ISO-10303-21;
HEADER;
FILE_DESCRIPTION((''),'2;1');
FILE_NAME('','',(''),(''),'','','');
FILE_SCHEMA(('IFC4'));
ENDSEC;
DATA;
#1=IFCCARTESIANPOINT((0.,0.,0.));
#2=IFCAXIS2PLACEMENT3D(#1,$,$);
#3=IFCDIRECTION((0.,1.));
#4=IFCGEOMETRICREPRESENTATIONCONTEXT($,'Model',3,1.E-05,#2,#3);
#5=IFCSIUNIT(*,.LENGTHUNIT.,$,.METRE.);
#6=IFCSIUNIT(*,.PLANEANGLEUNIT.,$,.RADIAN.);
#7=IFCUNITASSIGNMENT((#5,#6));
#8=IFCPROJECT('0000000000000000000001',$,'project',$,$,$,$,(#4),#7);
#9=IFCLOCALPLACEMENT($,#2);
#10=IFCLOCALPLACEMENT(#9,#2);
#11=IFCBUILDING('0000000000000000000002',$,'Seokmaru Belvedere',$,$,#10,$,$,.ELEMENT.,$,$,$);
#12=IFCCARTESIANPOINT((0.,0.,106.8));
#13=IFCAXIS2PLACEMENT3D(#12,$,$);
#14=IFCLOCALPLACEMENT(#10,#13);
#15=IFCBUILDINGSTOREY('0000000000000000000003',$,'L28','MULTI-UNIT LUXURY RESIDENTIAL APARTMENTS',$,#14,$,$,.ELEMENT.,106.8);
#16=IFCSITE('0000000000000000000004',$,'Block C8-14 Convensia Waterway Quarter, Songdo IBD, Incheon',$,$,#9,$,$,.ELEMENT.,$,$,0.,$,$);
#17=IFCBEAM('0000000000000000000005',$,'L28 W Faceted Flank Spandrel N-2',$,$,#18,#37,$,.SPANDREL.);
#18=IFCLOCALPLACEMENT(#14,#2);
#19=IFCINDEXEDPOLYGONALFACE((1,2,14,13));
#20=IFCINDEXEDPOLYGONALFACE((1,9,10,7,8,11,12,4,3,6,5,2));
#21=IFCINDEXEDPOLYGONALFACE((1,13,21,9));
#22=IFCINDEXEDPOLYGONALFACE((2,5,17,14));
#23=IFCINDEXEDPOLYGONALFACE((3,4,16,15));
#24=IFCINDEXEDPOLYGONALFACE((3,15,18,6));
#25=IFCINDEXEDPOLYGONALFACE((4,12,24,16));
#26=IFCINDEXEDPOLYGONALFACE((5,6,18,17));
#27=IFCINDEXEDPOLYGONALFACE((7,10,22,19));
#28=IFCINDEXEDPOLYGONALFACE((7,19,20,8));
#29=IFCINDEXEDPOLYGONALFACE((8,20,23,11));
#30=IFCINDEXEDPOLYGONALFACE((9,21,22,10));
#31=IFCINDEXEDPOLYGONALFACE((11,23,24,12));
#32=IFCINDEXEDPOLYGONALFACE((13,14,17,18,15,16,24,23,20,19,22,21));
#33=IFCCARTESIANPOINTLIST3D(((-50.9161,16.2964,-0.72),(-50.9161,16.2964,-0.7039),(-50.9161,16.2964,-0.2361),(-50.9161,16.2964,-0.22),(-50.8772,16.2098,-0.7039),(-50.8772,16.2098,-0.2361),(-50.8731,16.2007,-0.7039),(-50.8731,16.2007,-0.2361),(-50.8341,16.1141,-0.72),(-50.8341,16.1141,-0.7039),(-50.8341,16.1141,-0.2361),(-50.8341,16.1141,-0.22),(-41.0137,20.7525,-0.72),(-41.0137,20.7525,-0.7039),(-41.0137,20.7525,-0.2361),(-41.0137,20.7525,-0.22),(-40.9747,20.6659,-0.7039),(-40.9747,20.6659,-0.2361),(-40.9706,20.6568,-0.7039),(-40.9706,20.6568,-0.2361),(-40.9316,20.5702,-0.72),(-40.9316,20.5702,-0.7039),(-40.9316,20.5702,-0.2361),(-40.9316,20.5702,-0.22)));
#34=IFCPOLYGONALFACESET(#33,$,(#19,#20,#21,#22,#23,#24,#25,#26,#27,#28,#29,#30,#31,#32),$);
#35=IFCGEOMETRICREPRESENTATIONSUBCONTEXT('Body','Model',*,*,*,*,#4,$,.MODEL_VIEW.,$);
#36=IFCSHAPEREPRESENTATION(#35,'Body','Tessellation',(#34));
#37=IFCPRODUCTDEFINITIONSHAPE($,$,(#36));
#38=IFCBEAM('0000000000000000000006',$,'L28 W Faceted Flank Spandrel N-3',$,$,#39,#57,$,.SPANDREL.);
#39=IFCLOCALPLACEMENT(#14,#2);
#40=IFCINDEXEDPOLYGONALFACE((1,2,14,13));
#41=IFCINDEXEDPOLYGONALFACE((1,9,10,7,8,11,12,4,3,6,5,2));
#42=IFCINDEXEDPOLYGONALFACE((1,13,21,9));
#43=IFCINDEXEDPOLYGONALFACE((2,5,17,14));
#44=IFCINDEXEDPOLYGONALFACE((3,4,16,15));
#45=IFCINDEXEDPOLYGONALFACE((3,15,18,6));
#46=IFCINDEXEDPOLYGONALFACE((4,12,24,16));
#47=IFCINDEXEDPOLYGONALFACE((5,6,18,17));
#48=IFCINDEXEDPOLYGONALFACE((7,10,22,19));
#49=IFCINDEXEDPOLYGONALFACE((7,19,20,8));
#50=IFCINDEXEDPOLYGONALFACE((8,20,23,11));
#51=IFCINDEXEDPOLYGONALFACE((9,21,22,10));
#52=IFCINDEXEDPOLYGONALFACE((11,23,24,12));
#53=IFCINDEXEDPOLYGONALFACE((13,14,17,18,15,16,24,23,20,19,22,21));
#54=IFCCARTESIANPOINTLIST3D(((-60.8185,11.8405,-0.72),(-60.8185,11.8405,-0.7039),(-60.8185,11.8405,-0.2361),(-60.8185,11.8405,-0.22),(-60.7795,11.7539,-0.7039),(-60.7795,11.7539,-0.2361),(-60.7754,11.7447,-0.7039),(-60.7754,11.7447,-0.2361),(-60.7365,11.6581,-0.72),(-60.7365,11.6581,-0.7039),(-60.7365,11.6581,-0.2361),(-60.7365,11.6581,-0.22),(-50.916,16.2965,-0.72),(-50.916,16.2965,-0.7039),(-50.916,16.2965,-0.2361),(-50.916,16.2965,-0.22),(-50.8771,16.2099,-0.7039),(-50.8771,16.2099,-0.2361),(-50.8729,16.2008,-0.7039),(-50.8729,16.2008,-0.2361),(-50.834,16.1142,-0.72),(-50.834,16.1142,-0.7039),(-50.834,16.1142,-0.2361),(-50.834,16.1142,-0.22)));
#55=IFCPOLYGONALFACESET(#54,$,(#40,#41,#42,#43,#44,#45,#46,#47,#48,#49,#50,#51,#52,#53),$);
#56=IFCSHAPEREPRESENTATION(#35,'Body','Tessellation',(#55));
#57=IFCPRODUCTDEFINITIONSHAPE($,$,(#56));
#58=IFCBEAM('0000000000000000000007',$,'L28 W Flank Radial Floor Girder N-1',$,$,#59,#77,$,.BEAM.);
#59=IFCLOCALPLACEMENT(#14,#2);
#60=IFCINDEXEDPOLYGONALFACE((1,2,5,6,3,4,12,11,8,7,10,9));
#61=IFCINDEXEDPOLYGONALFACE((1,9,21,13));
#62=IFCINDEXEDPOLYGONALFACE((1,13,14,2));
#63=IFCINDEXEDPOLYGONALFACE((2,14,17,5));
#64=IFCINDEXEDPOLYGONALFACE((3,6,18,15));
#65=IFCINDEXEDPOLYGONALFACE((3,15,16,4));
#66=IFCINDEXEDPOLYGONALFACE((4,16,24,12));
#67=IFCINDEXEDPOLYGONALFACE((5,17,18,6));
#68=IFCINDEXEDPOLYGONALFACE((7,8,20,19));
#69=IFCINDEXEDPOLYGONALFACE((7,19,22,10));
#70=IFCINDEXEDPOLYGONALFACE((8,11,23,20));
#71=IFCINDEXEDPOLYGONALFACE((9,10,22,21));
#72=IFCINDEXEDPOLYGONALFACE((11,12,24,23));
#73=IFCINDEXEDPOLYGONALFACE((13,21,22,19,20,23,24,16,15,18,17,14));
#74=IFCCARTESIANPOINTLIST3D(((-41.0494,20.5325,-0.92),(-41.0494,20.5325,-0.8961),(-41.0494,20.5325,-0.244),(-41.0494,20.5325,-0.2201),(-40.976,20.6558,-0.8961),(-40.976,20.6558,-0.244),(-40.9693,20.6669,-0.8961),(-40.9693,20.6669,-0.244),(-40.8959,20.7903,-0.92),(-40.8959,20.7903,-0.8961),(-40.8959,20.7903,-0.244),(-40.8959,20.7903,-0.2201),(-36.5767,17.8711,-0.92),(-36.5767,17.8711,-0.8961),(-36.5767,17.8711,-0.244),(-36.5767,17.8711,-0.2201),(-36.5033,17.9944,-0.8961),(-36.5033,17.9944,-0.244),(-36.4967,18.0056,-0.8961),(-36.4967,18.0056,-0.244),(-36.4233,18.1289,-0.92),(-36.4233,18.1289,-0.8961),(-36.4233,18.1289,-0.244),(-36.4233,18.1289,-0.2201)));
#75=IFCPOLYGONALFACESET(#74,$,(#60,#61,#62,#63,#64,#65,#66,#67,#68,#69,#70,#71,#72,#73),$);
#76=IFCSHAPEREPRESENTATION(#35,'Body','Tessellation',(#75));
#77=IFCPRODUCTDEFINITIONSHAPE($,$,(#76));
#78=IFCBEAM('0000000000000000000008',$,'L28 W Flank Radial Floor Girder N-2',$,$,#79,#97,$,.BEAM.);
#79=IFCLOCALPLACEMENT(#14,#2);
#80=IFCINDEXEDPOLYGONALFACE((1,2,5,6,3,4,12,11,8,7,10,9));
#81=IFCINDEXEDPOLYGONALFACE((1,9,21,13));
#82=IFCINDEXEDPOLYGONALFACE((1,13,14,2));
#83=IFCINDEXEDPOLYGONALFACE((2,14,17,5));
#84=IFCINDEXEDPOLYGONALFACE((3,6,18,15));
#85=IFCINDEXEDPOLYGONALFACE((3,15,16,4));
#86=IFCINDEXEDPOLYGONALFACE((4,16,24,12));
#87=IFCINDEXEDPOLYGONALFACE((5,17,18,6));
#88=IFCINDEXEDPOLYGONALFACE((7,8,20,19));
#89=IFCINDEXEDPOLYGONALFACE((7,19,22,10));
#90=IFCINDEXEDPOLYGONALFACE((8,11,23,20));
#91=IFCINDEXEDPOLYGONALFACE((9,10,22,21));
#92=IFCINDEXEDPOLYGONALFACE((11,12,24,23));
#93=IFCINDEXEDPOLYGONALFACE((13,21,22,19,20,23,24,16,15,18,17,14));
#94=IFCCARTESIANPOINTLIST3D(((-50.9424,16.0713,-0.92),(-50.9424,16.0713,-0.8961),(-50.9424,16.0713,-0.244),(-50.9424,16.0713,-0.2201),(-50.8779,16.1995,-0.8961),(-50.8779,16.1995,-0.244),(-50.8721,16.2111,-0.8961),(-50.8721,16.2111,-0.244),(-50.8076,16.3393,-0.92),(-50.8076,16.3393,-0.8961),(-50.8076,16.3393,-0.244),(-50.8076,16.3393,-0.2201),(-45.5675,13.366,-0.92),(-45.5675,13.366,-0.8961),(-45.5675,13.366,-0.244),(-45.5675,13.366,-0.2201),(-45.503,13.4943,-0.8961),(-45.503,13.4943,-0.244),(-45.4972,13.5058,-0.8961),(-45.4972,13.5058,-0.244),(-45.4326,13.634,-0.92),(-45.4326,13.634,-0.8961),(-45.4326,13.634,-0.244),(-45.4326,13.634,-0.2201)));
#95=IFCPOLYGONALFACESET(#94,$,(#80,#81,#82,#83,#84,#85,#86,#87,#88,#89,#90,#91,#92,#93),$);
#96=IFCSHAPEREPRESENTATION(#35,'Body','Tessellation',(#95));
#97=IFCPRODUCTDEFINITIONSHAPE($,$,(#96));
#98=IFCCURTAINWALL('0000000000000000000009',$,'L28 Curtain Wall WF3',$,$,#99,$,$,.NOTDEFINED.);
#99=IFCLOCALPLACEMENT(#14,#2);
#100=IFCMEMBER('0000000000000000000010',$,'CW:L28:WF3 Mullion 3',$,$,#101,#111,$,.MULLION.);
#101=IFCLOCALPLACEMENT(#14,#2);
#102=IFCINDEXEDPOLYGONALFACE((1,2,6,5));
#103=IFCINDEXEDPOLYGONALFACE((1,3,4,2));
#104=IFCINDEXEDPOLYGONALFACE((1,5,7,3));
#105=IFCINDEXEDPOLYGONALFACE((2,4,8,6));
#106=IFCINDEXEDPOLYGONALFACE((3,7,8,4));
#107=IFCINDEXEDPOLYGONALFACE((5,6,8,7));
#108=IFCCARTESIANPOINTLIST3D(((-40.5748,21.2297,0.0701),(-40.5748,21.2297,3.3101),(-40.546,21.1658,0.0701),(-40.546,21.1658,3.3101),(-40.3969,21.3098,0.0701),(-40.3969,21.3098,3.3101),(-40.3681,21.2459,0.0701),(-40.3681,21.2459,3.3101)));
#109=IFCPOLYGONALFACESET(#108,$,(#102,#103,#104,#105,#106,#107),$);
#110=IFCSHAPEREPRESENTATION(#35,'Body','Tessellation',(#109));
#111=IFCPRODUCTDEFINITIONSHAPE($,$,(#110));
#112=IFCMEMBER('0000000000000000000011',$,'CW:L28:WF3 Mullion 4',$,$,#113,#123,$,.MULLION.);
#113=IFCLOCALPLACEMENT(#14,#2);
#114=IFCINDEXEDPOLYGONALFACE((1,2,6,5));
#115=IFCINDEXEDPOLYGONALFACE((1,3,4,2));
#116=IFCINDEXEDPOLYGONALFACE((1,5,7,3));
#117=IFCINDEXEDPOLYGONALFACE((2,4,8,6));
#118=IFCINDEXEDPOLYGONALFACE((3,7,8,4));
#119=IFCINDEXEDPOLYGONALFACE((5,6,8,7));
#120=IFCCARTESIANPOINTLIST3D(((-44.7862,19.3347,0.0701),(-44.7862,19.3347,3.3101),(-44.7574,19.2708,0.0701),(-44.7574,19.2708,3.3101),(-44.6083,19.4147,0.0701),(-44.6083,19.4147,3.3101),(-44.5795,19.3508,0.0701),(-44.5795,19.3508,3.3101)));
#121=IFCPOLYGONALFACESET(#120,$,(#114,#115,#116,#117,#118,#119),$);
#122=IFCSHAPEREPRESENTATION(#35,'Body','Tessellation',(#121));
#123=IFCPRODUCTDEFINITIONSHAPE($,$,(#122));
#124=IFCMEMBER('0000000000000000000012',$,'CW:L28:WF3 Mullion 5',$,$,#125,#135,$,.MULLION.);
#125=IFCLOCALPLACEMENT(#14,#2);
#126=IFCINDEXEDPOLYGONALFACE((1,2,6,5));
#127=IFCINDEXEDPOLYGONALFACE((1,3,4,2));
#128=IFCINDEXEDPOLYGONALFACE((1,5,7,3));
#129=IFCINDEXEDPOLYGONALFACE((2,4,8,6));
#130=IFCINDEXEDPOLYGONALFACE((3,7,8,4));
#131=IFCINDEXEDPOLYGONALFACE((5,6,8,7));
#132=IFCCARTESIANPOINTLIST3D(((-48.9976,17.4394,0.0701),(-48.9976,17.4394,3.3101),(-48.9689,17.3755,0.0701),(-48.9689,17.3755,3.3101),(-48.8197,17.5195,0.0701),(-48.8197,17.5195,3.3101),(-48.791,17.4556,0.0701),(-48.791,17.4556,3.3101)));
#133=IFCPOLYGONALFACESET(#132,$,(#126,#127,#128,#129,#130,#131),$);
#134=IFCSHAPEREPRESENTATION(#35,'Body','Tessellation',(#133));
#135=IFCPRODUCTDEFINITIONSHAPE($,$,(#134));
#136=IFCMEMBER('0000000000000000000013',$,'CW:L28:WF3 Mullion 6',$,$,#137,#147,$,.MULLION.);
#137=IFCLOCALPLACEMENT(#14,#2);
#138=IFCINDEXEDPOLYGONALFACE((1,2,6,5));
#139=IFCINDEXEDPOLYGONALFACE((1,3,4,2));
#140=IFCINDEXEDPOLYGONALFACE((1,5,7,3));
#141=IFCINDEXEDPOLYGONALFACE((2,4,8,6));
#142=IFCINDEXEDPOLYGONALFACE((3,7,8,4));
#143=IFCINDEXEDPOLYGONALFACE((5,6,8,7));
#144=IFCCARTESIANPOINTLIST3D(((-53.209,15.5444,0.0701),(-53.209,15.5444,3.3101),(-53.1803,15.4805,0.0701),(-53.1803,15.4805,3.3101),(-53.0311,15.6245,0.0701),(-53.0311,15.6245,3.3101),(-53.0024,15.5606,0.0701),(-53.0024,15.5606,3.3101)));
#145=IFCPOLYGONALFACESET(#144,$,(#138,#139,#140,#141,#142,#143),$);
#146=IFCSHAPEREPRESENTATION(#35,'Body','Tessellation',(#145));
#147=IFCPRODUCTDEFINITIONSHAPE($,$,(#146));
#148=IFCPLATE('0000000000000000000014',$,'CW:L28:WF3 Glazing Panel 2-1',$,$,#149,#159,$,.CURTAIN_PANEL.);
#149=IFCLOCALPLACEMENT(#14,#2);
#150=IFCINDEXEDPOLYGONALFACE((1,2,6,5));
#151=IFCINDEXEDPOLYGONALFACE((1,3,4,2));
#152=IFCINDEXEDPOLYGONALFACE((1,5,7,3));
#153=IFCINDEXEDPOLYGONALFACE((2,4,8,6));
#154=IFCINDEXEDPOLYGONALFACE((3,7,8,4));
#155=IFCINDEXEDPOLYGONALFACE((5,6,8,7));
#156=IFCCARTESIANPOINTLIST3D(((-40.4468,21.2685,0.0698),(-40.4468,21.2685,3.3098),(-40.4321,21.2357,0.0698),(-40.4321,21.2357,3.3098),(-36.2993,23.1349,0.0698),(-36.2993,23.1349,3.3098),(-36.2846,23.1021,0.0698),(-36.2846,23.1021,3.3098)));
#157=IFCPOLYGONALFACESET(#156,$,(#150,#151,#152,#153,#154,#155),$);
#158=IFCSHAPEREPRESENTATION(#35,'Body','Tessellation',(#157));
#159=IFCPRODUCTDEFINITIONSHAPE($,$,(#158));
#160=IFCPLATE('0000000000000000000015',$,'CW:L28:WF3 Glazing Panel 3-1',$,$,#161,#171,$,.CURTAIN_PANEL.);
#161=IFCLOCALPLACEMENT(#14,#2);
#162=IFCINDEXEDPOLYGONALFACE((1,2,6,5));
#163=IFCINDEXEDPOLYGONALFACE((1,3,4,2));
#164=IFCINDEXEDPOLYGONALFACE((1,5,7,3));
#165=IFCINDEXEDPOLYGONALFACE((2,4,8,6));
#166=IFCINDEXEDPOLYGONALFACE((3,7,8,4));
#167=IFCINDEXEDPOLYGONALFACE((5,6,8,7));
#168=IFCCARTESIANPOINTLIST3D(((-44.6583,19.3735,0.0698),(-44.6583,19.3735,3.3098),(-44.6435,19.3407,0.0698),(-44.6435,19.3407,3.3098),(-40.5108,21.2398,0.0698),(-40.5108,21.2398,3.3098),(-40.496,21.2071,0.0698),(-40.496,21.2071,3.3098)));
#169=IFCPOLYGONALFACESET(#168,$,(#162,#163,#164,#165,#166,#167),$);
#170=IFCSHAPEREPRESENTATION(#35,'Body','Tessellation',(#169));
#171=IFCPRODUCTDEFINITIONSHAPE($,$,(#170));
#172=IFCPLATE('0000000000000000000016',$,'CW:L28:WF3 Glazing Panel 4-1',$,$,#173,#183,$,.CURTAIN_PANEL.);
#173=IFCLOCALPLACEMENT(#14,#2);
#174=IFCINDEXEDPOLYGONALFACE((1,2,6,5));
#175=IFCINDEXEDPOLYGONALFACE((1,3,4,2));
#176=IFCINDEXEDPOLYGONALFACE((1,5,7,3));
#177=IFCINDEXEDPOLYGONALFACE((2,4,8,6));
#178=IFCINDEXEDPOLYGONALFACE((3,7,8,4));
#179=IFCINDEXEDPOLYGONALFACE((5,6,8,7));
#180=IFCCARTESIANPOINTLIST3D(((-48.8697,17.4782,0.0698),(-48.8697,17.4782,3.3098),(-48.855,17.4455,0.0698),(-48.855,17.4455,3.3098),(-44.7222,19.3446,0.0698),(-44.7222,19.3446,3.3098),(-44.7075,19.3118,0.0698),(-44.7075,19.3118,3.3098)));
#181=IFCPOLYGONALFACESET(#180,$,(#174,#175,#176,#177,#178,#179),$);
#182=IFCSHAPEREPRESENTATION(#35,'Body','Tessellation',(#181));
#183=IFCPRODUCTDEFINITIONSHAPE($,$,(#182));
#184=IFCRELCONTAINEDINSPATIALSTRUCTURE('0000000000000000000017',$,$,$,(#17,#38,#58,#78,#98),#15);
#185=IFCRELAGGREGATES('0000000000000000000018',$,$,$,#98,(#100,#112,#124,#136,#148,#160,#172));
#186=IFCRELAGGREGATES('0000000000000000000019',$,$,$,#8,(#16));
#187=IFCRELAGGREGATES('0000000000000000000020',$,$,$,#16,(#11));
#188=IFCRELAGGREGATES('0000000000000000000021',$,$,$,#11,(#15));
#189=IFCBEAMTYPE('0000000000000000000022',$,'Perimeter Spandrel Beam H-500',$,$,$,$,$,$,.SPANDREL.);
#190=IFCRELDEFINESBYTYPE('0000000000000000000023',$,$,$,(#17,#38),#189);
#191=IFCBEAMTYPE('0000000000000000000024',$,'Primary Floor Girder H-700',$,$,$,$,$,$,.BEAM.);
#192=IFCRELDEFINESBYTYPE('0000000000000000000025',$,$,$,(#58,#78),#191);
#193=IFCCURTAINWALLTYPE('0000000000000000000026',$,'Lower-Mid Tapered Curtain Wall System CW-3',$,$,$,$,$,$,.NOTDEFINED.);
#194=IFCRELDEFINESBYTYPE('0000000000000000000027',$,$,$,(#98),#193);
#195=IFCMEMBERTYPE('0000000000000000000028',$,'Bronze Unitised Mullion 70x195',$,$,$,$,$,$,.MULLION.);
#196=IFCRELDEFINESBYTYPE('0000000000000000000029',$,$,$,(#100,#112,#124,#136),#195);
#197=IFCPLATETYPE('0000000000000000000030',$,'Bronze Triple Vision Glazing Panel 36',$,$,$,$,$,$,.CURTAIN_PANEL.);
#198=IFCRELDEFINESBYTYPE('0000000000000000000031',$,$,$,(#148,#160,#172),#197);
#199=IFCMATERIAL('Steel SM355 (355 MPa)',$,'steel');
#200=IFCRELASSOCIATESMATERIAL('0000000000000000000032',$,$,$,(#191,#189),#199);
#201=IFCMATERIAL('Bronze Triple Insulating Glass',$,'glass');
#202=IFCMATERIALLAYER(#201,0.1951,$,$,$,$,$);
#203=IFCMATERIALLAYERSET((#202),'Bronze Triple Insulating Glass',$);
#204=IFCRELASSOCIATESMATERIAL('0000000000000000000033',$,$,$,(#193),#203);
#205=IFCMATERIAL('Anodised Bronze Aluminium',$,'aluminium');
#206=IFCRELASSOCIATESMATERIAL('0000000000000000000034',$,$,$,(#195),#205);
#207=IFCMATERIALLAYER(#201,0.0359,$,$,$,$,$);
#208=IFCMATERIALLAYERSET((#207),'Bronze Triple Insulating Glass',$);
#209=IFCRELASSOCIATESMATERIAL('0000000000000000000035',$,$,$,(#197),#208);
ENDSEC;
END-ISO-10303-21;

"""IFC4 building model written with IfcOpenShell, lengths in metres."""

from ifc_helpers import new_model, si_unit, direction, frame, origin, origin_2d, place, context, subcontext, project, spatial, rectangle, i_section, extrude, source, transform, mapped, material, layer, layer_set, material_profile, profile_set, type_object, type_shapes, element, aggregate, save


model = new_model("IFC4")

# Units and contexts
model_context = context("Model", 3, precision=1e-05, world=origin(), true_north=direction((0.0, 1.0)))
body_context = subcontext(model_context, "Body", "Model", "MODEL_VIEW")
ifc_project = project(units=[si_unit("LENGTHUNIT", "METRE"), si_unit("PLANEANGLEUNIT", "RADIAN")], contexts=[model_context])

# Site, building, storey
site_placement = place(None, origin())
site = spatial("IfcSite", under=ifc_project, at=site_placement, Name="Block C8-14 Convensia Waterway Quarter, Songdo IBD, Incheon", CompositionType="ELEMENT", RefElevation=0.0)
building_placement = place(site_placement, origin())
building = spatial("IfcBuilding", under=site, at=building_placement, Name="Seokmaru Belvedere", CompositionType="ELEMENT")
storey_placement = place(building_placement, frame((0.0, 0.0, 106.8)))
storey = spatial("IfcBuildingStorey", under=building, at=storey_placement, Name="L28", Description="MULTI-UNIT LUXURY RESIDENTIAL APARTMENTS", CompositionType="ELEMENT", Elevation=106.8)

# Shared definitions
ifc_material_1 = material(Name="Steel SM355 (355 MPa)", Category="steel")

# Beams
ifc_material_profile_1 = material_profile(ifc_material_1, i_section(OverallWidth=0.3, OverallDepth=0.7, WebThickness=0.0129, FlangeThickness=0.0239, at=origin_2d()), Name="H-700x300x13x24")
ifc_profile_set_1 = profile_set([ifc_material_profile_1], Name="Steel SM355 (355 MPa)")
beam_type_1 = type_object("IfcBeamType", Name="Primary Floor Girder H-700", PredefinedType="BEAM", material=ifc_profile_set_1)
ifc_material_profile_2 = material_profile(ifc_material_1, i_section(OverallWidth=0.2, OverallDepth=0.5, WebThickness=0.01, FlangeThickness=0.0161, at=origin_2d()), Name="H-500x200x10x16")
ifc_profile_set_2 = profile_set([ifc_material_profile_2], Name="Steel SM355 (355 MPa)")
beam_type_2 = type_object("IfcBeamType", Name="Perimeter Spandrel Beam H-500", PredefinedType="SPANDREL", material=ifc_profile_set_2)
shared_shape_1 = source(origin(), body_context, "Body", "SweptSolid", [
    extrude(i_section(OverallWidth=0.2, OverallDepth=0.5, WebThickness=0.01, FlangeThickness=0.0161, at=origin_2d()), origin(), (0.0, 0.0, 1.0), 10.8589),
])
type_shapes(beam_type_2, [shared_shape_1])
for number, where, z_axis, x_axis, name in (
    (1, (-40.9727, 20.6614, -0.47), (-0.911922, -0.410365, 0.0), (0.410365, -0.911922, 0.0), "L28 W Faceted Flank Spandrel N-2"),
    (2, (-50.875, 16.2053, -0.47), (-0.911925, -0.410356, 0.0), (0.410356, -0.911925, 0.0), "L28 W Faceted Flank Spandrel N-3"),
):
    element("IfcBeam", number, at=place(storey_placement, frame(where, z_axis=z_axis, x_axis=x_axis)), inside=storey, type_object=beam_type_2, Name=name, PredefinedType="SPANDREL", context=body_context, shape_type="MappedRepresentation", body=[
        mapped(shared_shape_1, transform((0.0, 0.0, 0.0), scale=1.0)),
    ])
shared_shape_2 = source(origin(), body_context, "Body", "SweptSolid", [
    extrude(i_section(OverallWidth=0.3, OverallDepth=0.7, WebThickness=0.0129, FlangeThickness=0.0239, at=origin_2d()), origin(), (0.0, 0.0, 1.0), 5.2046),
])
beam_1_placement = place(storey_placement, frame((-40.9727, 20.6614, -0.5701), z_axis=(0.85937, -0.511354, 0.0), x_axis=(0.511354, 0.85937, 0.0)))
element("IfcBeam", 3, at=beam_1_placement, inside=storey, type_object=beam_type_1, Name="L28 W Flank Radial Floor Girder N-1", PredefinedType="BEAM", context=body_context, shape_type="MappedRepresentation", body=[
    mapped(shared_shape_2, transform((0.0, 0.0, 0.0), scale=1.0)),
])
shared_shape_3 = source(origin(), body_context, "Body", "SweptSolid", [
    extrude(i_section(OverallWidth=0.3, OverallDepth=0.7, WebThickness=0.0129, FlangeThickness=0.0239, at=origin_2d()), origin(), (0.0, 0.0, 1.0), 6.0173),
])
beam_2_placement = place(storey_placement, frame((-50.875, 16.2053, -0.5701), z_axis=(0.893239, -0.449581, 0.0), x_axis=(0.449581, 0.893239, 0.0)))
element("IfcBeam", 4, at=beam_2_placement, inside=storey, type_object=beam_type_1, Name="L28 W Flank Radial Floor Girder N-2", PredefinedType="BEAM", context=body_context, shape_type="MappedRepresentation", body=[
    mapped(shared_shape_3, transform((0.0, 0.0, 0.0), scale=1.0)),
])

# Curtain wall, members, plates
ifc_material_2 = material(Name="Bronze Triple Insulating Glass", Category="glass")
ifc_layer_1 = layer(ifc_material_2, 0.1951)
ifc_layer_set_1 = layer_set([ifc_layer_1], Name="Bronze Triple Insulating Glass")
curtain_wall_type = type_object("IfcCurtainWallType", Name="Lower-Mid Tapered Curtain Wall System CW-3", PredefinedType="NOTDEFINED", material=ifc_layer_set_1)
curtain_wall_placement = place(storey_placement, origin())
curtain_wall = element("IfcCurtainWall", 5, at=curtain_wall_placement, inside=storey, type_object=curtain_wall_type, Name="L28 Curtain Wall WF3", PredefinedType="NOTDEFINED")
ifc_material_3 = material(Name="Anodised Bronze Aluminium", Category="aluminium")
ifc_material_profile_3 = material_profile(ifc_material_3, rectangle(XDim=0.0701, YDim=0.1951, at=origin_2d()), Name="CW-M-70x195")
ifc_profile_set_3 = profile_set([ifc_material_profile_3], Name="Anodised Bronze Aluminium")
member_type = type_object("IfcMemberType", Name="Bronze Unitised Mullion 70x195", PredefinedType="MULLION", material=ifc_profile_set_3)
shared_shape_4 = source(origin(), body_context, "Body", "SweptSolid", [
    extrude(rectangle(XDim=0.0701, YDim=0.1951, at=origin_2d()), origin(), (0.0, 0.0, 1.0), 3.24),
])
type_shapes(member_type, [shared_shape_4])
member_1_placement = place(storey_placement, frame((-40.4714, 21.2378, 0.0701), z_axis=(0.0, 0.0, 1.0), x_axis=(0.410366, -0.911921, 0.0)))
member_1 = element("IfcMember", 6, at=member_1_placement, type_object=member_type, Name="CW:L28:WF3 Mullion 3", PredefinedType="MULLION", context=body_context, shape_type="MappedRepresentation", body=[
    mapped(shared_shape_4, transform((0.0, 0.0, 0.0), scale=1.0)),
])
member_2_placement = place(storey_placement, frame((-44.6829, 19.3428, 0.0701), z_axis=(0.0, 0.0, 1.0), x_axis=(0.410366, -0.911921, 0.0)))
member_2 = element("IfcMember", 7, at=member_2_placement, type_object=member_type, Name="CW:L28:WF3 Mullion 4", PredefinedType="MULLION", context=body_context, shape_type="MappedRepresentation", body=[
    mapped(shared_shape_4, transform((0.0, 0.0, 0.0), scale=1.0)),
])
member_3_placement = place(storey_placement, frame((-48.8943, 17.4475, 0.0701), z_axis=(0.0, 0.0, 1.0), x_axis=(0.410366, -0.911921, 0.0)))
member_3 = element("IfcMember", 8, at=member_3_placement, type_object=member_type, Name="CW:L28:WF3 Mullion 5", PredefinedType="MULLION", context=body_context, shape_type="MappedRepresentation", body=[
    mapped(shared_shape_4, transform((0.0, 0.0, 0.0), scale=1.0)),
])
member_4_placement = place(storey_placement, frame((-53.1057, 15.5525, 0.0701), z_axis=(0.0, 0.0, 1.0), x_axis=(0.410366, -0.911921, 0.0)))
member_4 = element("IfcMember", 9, at=member_4_placement, type_object=member_type, Name="CW:L28:WF3 Mullion 6", PredefinedType="MULLION", context=body_context, shape_type="MappedRepresentation", body=[
    mapped(shared_shape_4, transform((0.0, 0.0, 0.0), scale=1.0)),
])
ifc_layer_2 = layer(ifc_material_2, 0.0359)
ifc_layer_set_2 = layer_set([ifc_layer_2], Name="Bronze Triple Insulating Glass")
plate_type = type_object("IfcPlateType", Name="Bronze Triple Vision Glazing Panel 36", PredefinedType="CURTAIN_PANEL", material=ifc_layer_set_2)
shared_shape_5 = source(origin(), body_context, "Body", "SweptSolid", [
    extrude(rectangle(XDim=4.5481, YDim=0.0359, at=origin_2d()), origin(), (0.0, 0.0, 1.0), 3.24),
])
type_shapes(plate_type, [shared_shape_5])
plate_1_placement = place(storey_placement, frame((-38.3657, 22.1853, 0.0698), z_axis=(0.0, 0.0, 1.0), x_axis=(-0.911921, -0.410366, 0.0)))
plate_1 = element("IfcPlate", 10, at=plate_1_placement, type_object=plate_type, Name="CW:L28:WF3 Glazing Panel 2-1", PredefinedType="CURTAIN_PANEL", context=body_context, shape_type="MappedRepresentation", body=[
    mapped(shared_shape_5, transform((0.0, 0.0, 0.0), scale=1.0)),
])
plate_2_placement = place(storey_placement, frame((-42.5771, 20.2903, 0.0698), z_axis=(0.0, 0.0, 1.0), x_axis=(-0.911921, -0.410366, 0.0)))
plate_2 = element("IfcPlate", 11, at=plate_2_placement, type_object=plate_type, Name="CW:L28:WF3 Glazing Panel 3-1", PredefinedType="CURTAIN_PANEL", context=body_context, shape_type="MappedRepresentation", body=[
    mapped(shared_shape_5, transform((0.0, 0.0, 0.0), scale=1.0)),
])
plate_3_placement = place(storey_placement, frame((-46.7886, 18.395, 0.0698), z_axis=(0.0, 0.0, 1.0), x_axis=(-0.911921, -0.410366, 0.0)))
plate_3 = element("IfcPlate", 12, at=plate_3_placement, type_object=plate_type, Name="CW:L28:WF3 Glazing Panel 4-1", PredefinedType="CURTAIN_PANEL", context=body_context, shape_type="MappedRepresentation", body=[
    mapped(shared_shape_5, transform((0.0, 0.0, 0.0), scale=1.0)),
])
aggregate(curtain_wall, [member_1, member_2, member_3, member_4, plate_1, plate_2, plate_3])

save(model, "model.ifc")
